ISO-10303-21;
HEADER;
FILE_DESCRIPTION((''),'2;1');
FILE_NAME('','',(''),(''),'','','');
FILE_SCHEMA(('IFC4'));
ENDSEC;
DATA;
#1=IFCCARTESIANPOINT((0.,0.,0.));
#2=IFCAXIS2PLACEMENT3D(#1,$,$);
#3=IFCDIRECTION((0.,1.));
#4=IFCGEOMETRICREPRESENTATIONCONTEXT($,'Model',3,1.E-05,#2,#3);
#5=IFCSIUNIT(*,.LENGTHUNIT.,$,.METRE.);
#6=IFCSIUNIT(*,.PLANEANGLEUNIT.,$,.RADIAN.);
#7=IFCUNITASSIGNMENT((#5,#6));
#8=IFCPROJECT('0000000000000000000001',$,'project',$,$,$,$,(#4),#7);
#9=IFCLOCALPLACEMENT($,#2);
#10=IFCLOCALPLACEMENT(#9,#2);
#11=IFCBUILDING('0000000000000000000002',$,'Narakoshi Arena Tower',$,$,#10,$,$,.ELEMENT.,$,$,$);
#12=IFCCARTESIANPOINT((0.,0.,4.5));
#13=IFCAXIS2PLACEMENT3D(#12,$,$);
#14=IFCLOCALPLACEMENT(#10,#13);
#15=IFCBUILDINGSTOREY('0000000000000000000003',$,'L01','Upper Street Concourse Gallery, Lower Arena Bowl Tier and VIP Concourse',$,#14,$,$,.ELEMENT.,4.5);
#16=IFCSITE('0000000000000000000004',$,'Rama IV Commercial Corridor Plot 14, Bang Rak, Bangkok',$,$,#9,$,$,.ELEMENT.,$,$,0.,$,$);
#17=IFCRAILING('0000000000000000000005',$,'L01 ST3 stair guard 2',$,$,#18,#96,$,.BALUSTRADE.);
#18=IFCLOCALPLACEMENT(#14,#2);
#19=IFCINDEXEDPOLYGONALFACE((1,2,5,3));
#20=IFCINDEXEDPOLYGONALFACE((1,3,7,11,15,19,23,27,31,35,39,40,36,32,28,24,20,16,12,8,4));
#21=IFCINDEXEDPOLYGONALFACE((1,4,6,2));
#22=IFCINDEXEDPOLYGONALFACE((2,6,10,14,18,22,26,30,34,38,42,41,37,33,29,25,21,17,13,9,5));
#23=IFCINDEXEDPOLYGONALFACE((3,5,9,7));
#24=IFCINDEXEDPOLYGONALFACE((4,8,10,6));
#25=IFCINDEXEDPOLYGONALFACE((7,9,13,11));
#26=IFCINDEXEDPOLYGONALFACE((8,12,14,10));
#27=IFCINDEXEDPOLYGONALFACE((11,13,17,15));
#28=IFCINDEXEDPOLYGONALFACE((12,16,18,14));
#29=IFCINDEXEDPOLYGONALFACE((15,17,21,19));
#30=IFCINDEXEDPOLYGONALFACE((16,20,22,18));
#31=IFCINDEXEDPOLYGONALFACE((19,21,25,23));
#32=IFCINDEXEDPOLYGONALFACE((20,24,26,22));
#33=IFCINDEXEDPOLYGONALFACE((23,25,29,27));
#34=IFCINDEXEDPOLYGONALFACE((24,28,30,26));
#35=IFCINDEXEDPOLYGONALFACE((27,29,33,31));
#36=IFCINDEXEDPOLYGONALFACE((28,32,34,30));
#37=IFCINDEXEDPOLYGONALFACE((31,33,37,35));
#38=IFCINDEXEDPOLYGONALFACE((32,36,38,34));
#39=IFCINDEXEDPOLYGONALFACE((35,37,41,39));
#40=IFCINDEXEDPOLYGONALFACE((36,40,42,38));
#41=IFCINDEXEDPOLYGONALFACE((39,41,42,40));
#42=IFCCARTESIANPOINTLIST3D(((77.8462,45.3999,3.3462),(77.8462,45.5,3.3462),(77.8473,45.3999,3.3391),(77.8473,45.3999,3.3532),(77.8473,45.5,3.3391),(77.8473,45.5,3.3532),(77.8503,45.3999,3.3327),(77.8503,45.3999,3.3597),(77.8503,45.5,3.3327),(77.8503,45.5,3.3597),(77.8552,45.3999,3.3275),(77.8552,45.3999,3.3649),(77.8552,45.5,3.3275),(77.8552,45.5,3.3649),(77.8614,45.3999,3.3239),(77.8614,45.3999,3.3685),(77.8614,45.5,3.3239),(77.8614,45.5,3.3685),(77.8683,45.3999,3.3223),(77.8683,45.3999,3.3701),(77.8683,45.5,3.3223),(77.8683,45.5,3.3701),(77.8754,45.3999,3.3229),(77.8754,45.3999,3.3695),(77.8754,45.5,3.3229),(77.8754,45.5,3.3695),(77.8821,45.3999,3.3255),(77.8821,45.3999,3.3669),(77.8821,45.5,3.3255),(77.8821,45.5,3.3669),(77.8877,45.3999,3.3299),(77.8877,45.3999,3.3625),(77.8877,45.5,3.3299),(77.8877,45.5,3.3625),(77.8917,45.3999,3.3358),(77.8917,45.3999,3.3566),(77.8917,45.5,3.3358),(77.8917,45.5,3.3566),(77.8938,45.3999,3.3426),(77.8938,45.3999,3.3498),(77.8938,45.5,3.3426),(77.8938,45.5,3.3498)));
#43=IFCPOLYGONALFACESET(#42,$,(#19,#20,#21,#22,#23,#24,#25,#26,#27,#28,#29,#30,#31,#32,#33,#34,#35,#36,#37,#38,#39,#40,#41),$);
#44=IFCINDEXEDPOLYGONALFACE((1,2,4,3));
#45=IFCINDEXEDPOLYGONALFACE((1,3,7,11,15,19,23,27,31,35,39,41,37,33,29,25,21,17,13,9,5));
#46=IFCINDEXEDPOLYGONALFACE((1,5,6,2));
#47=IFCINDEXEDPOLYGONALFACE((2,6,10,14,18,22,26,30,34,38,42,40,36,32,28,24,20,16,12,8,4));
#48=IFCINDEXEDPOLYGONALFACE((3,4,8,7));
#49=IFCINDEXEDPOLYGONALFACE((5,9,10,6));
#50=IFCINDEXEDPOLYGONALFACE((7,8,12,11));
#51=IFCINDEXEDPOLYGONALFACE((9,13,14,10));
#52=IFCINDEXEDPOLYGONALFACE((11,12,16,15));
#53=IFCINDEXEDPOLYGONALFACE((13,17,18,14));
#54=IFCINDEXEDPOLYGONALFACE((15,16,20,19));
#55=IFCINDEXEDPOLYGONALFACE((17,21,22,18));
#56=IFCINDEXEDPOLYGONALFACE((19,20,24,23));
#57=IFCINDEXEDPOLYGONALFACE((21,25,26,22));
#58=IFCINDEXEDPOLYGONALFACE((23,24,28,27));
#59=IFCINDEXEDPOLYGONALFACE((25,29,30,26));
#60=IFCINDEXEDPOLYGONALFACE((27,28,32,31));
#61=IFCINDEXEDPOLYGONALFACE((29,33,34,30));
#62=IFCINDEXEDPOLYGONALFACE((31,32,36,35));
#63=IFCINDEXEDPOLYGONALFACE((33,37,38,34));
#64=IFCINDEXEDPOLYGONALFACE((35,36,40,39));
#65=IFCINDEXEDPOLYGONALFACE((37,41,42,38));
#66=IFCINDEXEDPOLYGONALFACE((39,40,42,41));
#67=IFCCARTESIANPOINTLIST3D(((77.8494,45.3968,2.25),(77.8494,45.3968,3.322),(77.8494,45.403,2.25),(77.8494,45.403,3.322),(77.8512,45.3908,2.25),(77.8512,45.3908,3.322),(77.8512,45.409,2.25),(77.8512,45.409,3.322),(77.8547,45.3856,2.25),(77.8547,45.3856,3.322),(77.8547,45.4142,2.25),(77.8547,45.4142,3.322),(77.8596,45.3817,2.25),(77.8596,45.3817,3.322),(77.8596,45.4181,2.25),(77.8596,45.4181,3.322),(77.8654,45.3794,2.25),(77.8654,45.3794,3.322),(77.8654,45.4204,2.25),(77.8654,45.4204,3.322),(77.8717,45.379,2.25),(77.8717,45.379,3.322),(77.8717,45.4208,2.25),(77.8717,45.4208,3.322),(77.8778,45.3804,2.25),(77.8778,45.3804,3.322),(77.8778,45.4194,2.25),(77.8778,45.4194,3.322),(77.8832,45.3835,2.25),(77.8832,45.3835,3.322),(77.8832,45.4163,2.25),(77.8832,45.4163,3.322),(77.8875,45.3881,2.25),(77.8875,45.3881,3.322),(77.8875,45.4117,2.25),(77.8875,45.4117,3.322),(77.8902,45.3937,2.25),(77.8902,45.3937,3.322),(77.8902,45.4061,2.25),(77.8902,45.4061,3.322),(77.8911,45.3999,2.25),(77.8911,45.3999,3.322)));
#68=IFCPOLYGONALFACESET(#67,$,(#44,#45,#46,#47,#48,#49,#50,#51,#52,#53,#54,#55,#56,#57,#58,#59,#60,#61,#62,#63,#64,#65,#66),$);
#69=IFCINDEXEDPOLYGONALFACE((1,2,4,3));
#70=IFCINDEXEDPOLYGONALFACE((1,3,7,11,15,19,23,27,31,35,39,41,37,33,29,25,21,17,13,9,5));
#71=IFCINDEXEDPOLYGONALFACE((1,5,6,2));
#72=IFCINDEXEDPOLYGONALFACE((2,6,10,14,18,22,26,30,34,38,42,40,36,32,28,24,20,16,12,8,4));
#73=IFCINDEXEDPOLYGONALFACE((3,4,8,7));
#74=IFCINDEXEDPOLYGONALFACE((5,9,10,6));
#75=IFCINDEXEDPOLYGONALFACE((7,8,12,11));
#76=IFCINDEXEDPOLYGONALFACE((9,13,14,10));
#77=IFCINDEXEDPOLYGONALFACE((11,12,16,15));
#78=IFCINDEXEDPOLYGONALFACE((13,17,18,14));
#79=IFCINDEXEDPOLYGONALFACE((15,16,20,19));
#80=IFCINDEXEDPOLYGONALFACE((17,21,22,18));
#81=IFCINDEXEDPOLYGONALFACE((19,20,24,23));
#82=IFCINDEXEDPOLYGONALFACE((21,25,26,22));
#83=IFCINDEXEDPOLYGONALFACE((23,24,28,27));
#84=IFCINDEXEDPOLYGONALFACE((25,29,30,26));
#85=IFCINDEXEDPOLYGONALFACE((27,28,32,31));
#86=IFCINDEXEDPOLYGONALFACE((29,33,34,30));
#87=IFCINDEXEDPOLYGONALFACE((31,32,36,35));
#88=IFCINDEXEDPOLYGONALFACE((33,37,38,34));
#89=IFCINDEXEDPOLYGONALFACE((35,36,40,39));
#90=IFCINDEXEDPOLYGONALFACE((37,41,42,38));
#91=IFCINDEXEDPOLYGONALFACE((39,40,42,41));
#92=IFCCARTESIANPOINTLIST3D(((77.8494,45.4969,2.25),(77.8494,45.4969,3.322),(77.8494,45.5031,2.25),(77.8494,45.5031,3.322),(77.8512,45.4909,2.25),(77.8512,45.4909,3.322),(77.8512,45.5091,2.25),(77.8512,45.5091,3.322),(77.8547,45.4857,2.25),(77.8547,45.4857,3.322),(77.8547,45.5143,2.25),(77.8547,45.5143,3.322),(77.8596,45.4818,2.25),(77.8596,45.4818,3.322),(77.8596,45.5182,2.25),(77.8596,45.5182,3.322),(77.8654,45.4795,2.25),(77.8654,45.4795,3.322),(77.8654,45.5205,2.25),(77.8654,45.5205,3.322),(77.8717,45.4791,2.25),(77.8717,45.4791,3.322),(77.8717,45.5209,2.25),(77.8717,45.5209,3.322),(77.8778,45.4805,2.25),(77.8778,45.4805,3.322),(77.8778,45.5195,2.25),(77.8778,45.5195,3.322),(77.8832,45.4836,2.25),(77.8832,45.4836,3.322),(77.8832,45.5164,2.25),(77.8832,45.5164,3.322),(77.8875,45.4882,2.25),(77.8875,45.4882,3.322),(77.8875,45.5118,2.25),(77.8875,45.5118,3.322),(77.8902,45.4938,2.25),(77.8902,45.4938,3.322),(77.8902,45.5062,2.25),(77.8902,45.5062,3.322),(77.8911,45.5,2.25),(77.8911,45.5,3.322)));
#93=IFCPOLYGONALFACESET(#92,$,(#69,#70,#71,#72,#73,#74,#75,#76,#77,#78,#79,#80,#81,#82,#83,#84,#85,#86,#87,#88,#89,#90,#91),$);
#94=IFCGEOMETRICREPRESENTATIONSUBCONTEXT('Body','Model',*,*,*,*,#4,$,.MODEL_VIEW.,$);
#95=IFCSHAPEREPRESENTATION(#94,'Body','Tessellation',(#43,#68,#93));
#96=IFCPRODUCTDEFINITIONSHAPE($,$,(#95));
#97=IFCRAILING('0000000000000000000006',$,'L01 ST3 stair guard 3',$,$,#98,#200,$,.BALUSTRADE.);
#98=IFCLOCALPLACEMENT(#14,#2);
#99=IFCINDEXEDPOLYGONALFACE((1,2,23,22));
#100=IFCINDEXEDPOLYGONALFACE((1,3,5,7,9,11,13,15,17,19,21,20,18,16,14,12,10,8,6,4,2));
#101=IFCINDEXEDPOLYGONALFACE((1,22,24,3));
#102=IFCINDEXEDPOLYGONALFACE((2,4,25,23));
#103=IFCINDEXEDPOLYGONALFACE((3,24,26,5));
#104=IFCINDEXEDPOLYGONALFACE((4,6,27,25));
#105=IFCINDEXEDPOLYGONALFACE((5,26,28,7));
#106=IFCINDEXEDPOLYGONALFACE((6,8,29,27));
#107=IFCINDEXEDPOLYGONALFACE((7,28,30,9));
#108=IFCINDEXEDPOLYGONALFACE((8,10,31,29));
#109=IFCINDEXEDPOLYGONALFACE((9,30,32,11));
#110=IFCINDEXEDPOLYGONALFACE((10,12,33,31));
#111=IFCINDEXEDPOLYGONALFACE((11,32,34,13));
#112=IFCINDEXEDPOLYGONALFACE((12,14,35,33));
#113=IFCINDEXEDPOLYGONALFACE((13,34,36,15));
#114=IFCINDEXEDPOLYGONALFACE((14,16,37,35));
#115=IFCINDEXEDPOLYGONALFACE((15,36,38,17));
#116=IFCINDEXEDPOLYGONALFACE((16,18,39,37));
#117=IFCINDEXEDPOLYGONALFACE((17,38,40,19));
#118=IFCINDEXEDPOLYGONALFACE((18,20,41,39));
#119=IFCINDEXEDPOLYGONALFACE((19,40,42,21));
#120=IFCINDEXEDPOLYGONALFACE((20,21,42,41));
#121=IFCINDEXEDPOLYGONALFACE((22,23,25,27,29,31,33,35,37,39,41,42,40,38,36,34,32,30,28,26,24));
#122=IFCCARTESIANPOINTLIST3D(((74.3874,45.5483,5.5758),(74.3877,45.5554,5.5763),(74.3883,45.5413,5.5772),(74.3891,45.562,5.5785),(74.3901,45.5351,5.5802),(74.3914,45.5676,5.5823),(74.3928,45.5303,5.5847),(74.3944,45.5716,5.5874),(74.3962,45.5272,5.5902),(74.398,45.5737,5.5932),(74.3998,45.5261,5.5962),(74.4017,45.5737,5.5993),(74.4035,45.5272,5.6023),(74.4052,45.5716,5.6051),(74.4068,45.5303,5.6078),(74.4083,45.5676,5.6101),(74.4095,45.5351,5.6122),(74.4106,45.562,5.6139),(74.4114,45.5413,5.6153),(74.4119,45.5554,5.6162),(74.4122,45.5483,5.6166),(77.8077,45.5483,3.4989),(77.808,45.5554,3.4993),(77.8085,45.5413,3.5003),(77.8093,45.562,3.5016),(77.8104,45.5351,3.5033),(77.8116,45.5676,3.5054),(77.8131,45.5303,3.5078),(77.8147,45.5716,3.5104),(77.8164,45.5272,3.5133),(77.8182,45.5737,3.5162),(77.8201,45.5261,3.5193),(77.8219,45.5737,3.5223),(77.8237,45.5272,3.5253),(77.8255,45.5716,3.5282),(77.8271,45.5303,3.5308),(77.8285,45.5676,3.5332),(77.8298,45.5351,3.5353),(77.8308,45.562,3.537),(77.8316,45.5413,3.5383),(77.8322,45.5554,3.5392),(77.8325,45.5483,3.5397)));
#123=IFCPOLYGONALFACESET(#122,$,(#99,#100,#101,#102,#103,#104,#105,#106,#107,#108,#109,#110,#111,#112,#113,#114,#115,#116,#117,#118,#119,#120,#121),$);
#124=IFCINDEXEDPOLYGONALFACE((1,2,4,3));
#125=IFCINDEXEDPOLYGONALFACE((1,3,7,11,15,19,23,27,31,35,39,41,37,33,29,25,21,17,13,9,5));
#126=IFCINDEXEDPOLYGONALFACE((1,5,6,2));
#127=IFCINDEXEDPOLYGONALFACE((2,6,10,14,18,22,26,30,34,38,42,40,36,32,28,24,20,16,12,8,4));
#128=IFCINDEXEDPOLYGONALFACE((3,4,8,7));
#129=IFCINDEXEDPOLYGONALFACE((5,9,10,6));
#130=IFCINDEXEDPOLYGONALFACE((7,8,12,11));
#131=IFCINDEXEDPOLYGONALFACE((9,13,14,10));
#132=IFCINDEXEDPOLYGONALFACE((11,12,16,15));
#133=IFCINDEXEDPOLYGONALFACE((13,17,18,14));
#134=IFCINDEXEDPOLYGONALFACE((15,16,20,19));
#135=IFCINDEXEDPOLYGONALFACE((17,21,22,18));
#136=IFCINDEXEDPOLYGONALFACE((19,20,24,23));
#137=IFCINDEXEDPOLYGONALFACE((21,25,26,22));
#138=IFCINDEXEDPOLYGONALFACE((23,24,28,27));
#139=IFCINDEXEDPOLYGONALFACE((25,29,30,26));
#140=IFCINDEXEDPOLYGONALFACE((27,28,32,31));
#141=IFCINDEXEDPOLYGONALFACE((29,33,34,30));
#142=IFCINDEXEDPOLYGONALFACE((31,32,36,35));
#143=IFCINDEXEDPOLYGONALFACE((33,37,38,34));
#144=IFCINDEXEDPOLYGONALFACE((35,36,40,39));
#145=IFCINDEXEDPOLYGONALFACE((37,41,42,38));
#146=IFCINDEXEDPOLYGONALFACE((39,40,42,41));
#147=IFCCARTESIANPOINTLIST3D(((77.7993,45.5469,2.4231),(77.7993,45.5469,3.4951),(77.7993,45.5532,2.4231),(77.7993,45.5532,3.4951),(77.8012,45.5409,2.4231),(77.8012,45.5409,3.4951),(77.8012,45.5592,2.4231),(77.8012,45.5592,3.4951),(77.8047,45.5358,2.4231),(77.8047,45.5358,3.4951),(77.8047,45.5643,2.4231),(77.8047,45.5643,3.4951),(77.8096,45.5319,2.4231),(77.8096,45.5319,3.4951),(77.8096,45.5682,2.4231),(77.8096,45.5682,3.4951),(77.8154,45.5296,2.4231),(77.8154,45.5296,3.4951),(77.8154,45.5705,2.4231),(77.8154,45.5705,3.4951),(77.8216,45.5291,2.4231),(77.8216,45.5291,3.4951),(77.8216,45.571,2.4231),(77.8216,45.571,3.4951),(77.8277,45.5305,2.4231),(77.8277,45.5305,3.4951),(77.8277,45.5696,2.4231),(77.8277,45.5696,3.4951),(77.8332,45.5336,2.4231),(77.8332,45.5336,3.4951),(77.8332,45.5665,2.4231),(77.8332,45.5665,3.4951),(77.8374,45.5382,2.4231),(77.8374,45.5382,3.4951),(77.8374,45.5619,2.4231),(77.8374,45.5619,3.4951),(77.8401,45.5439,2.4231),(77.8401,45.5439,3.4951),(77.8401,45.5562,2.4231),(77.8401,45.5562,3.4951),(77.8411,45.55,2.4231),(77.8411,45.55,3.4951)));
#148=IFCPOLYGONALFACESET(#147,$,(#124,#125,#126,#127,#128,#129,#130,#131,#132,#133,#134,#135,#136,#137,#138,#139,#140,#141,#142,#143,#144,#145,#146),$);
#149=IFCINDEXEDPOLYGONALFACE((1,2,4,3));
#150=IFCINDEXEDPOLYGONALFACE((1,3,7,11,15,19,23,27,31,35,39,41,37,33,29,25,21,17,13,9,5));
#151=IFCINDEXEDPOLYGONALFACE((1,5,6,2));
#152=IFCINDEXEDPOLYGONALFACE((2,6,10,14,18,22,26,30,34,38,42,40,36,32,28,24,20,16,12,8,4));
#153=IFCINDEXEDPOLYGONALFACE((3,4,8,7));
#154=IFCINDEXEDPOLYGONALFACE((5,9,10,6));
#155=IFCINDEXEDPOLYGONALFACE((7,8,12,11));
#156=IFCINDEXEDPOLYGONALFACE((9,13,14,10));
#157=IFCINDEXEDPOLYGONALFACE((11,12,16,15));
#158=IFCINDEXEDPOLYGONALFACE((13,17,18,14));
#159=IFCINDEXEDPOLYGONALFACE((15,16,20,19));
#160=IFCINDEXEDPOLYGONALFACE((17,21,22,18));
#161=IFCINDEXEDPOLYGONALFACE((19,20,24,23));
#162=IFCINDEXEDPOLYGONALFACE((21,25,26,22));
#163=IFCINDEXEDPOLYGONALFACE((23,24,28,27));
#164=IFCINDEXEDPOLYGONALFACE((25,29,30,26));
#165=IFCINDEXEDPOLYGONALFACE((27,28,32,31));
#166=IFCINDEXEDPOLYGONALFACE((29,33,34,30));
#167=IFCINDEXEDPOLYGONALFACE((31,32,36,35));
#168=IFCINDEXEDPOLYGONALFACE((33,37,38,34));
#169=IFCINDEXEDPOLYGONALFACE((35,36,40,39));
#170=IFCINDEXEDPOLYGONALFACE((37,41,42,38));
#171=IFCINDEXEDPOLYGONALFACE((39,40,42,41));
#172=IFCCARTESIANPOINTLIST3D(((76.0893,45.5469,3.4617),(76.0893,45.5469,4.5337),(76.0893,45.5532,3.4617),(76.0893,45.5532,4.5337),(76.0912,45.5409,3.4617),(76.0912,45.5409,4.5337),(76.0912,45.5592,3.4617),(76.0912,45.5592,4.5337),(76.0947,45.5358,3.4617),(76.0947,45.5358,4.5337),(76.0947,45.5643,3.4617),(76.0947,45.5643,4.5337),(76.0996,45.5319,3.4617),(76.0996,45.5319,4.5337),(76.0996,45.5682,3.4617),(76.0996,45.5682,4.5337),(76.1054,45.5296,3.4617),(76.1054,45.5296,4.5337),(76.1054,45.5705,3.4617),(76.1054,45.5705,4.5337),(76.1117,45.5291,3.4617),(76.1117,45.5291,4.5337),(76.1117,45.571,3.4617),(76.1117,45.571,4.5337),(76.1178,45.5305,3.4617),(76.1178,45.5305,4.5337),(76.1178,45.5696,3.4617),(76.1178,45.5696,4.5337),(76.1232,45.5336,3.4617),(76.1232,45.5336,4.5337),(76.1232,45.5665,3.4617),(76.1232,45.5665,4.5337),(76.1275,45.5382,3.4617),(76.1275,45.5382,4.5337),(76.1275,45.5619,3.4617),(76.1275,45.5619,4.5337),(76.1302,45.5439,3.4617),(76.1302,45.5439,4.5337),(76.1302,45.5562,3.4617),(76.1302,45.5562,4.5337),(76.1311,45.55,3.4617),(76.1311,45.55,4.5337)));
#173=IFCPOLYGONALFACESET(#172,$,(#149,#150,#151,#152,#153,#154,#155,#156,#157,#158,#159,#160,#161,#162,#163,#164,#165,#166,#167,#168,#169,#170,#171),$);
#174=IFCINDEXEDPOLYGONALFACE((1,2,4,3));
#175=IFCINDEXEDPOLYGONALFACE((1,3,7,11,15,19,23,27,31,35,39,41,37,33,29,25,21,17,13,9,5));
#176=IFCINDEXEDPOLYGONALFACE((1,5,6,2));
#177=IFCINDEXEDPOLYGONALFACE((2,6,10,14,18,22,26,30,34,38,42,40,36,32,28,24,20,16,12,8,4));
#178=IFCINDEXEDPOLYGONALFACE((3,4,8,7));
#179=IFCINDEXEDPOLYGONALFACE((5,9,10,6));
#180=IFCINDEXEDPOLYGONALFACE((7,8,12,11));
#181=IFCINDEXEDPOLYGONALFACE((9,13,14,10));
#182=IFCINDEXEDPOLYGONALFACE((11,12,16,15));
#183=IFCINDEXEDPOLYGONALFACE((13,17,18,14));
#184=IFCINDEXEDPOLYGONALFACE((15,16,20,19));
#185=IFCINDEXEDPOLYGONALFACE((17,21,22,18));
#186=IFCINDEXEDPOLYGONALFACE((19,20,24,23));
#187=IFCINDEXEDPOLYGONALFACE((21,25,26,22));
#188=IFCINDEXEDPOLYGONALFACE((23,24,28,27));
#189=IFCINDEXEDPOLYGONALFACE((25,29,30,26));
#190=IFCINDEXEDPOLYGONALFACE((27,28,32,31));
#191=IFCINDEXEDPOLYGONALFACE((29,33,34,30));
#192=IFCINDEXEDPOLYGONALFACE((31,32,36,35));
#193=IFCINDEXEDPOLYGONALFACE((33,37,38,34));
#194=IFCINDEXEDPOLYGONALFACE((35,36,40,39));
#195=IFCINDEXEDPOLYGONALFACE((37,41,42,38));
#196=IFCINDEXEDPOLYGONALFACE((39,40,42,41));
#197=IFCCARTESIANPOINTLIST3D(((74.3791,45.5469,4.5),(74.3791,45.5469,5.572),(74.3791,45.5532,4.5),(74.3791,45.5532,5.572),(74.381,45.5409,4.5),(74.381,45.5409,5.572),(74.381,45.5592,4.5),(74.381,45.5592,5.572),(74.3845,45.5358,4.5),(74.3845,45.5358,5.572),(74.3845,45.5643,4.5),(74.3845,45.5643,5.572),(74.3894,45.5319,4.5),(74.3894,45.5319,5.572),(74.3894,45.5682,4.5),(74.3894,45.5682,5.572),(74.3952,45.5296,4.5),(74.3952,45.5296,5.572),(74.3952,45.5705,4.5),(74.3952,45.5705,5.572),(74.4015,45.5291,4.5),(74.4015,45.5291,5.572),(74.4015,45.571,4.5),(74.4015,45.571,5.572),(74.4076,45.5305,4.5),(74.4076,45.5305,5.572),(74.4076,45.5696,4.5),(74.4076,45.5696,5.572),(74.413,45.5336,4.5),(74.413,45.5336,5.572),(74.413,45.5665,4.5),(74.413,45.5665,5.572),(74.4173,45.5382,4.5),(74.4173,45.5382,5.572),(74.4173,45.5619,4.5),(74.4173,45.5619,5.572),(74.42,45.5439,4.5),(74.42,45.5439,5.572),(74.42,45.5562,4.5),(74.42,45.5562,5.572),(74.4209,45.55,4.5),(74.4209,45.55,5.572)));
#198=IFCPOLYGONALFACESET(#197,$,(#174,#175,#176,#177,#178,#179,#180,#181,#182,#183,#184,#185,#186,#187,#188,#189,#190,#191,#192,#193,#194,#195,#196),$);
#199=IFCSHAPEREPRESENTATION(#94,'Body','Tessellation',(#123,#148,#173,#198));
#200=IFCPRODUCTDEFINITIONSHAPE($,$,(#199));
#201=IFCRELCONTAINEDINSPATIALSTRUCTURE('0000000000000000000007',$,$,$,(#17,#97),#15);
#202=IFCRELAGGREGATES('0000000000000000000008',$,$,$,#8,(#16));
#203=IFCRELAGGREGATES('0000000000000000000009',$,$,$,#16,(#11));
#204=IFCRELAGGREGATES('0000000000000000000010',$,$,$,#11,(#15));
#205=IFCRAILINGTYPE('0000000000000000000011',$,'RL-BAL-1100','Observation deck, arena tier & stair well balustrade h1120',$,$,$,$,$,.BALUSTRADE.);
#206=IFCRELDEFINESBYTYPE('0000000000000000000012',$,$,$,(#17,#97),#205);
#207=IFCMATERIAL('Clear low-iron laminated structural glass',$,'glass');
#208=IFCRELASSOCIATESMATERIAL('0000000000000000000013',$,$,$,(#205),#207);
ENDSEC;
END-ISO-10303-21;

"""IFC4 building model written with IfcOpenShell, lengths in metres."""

from ifc_helpers import new_model, si_unit, direction, frame, origin, origin_2d, place, context, subcontext, project, spatial, circle, extrude, material, type_object, element, save


model = new_model("IFC4")

# Units and contexts
model_context = context("Model", 3, precision=1e-05, world=origin(), true_north=direction((0.0, 1.0)))
body_context = subcontext(model_context, "Body", "Model", "MODEL_VIEW")
ifc_project = project(units=[si_unit("LENGTHUNIT", "METRE"), si_unit("PLANEANGLEUNIT", "RADIAN")], contexts=[model_context])

# Site, building, storey
site_placement = place(None, origin())
site = spatial("IfcSite", under=ifc_project, at=site_placement, Name="Rama IV Commercial Corridor Plot 14, Bang Rak, Bangkok", CompositionType="ELEMENT", RefElevation=0.0)
building_placement = place(site_placement, origin())
building = spatial("IfcBuilding", under=site, at=building_placement, Name="Narakoshi Arena Tower", CompositionType="ELEMENT")
storey_placement = place(building_placement, frame((0.0, 0.0, 4.5)))
storey = spatial("IfcBuildingStorey", under=building, at=storey_placement, Name="L01", Description="Upper Street Concourse Gallery, Lower Arena Bowl Tier and VIP Concourse", CompositionType="ELEMENT", Elevation=4.5)

# Railings
ifc_material_1 = material(Name="Clear low-iron laminated structural glass", Category="glass")
railing_type_1 = type_object("IfcRailingType", Name="RL-BAL-1100", Description="Observation deck, arena tier & stair well balustrade h1120", PredefinedType="BALUSTRADE", material=ifc_material_1)
railing_1_placement = place(storey_placement, frame((77.8701, 45.3999, 2.25)))
element("IfcRailing", 1, at=railing_1_placement, inside=storey, type_object=railing_type_1, Name="L01 ST3 stair guard 2", PredefinedType="BALUSTRADE", context=body_context, shape_type="SweptSolid", body=[
    extrude(circle(Radius=0.0239, at=origin_2d()), frame((0.0, 0.0, 1.0962), z_axis=(0.0, 1.0, 0.0), x_axis=(-1.0, 0.0, 0.0)), (0.0, 0.0, 1.0), 0.1001),
    extrude(circle(Radius=0.021, at=origin_2d()), origin(), (0.0, 0.0, 1.0), 1.072),
    extrude(circle(Radius=0.021, at=origin_2d()), frame((0.0, 0.1001, 0.0)), (0.0, 0.0, 1.0), 1.072),
])
railing_2_placement = place(storey_placement, frame((77.8201, 45.55, 2.4231)))
element("IfcRailing", 2, at=railing_2_placement, inside=storey, type_object=railing_type_1, Name="L01 ST3 stair guard 3", PredefinedType="BALUSTRADE", context=body_context, shape_type="SweptSolid", body=[
    extrude(circle(Radius=0.0239, at=origin_2d()), frame((0.0, 0.0, 1.0962), z_axis=(-0.854746, 0.0, 0.519047), x_axis=(0.0, -1.0, 0.0)), (0.0, 0.0, 1.0), 4.0015),
    extrude(circle(Radius=0.021, at=origin_2d()), origin(), (0.0, 0.0, 1.0), 1.072),
    extrude(circle(Radius=0.021, at=origin_2d()), frame((-1.71, 0.0, 1.0386)), (0.0, 0.0, 1.0), 1.072),
    extrude(circle(Radius=0.021, at=origin_2d()), frame((-3.4202, 0.0, 2.0769)), (0.0, 0.0, 1.0), 1.072),
])

save(model, "model.ifc")
